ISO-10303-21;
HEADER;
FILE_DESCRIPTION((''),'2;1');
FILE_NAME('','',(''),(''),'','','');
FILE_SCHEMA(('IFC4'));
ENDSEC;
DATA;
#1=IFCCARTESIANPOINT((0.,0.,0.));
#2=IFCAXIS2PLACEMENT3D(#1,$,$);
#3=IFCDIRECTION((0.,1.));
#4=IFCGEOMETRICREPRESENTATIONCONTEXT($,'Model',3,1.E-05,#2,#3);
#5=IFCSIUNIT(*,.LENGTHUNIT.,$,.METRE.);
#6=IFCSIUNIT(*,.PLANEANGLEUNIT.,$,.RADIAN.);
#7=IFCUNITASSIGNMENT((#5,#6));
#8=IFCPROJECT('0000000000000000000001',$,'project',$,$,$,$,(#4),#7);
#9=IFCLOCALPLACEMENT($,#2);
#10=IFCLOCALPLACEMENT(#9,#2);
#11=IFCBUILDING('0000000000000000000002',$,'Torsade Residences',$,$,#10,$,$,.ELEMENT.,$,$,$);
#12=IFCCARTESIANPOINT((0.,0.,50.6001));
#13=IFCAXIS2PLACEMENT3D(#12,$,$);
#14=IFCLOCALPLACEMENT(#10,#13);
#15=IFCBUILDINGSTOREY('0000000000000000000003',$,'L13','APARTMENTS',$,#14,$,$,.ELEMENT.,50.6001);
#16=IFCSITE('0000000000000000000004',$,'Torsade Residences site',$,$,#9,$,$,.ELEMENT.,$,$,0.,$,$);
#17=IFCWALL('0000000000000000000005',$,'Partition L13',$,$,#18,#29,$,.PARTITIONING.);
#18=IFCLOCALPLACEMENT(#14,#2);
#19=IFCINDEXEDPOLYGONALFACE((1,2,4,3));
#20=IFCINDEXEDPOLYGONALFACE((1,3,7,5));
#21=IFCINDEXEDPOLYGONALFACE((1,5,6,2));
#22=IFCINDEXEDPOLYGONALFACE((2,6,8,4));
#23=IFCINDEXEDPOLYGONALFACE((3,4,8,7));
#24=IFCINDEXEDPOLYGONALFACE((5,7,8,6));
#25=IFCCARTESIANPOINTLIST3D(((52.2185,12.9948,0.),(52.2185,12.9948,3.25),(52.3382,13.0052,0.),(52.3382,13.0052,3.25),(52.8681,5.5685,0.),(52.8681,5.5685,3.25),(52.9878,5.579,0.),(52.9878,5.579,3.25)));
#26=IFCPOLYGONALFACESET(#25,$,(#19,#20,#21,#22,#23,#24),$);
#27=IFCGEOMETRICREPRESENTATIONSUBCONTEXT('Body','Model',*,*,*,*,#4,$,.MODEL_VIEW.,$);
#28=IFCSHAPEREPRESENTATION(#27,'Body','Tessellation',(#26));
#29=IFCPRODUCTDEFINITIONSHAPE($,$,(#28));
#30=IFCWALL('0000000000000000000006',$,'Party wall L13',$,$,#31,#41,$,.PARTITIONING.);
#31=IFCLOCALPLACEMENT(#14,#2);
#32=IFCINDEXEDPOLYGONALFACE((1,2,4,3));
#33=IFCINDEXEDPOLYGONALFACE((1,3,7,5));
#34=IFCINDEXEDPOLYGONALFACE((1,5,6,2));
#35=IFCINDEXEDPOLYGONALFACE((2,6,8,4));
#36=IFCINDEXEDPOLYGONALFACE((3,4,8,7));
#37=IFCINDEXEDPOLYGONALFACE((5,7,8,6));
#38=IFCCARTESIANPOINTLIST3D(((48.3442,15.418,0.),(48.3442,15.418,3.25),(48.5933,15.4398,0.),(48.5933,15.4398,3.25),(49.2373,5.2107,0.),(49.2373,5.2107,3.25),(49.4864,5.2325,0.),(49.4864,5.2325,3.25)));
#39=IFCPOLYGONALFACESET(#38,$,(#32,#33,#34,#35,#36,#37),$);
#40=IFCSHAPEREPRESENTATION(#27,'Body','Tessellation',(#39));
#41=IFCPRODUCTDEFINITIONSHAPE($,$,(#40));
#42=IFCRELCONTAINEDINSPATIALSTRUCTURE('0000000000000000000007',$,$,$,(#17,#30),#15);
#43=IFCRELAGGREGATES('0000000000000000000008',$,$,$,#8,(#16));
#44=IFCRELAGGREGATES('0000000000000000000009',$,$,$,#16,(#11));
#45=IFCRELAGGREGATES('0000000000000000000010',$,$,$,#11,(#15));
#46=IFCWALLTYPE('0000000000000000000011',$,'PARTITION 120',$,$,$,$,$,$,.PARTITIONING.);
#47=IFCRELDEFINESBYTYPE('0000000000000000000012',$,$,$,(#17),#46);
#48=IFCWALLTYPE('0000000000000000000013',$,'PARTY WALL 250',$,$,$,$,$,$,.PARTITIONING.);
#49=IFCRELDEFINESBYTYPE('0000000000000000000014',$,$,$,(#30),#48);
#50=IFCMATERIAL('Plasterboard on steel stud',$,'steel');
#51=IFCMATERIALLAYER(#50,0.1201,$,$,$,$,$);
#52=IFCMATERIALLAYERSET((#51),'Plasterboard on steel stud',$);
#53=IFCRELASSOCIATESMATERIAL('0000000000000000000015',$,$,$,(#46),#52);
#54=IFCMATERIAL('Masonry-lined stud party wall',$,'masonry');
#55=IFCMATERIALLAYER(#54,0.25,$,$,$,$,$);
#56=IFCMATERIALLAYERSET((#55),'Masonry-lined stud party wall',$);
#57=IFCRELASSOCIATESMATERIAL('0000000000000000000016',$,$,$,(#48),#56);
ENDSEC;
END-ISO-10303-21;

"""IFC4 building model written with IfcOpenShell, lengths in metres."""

from ifc_helpers import new_model, si_unit, direction, frame, frame_2d, origin, place, context, subcontext, project, spatial, rectangle, extrude, material, layer, layer_set, type_object, element, save


model = new_model("IFC4")

# Units and contexts
model_context = context("Model", 3, precision=1e-05, world=origin(), true_north=direction((0.0, 1.0)))
body_context = subcontext(model_context, "Body", "Model", "MODEL_VIEW")
ifc_project = project(units=[si_unit("LENGTHUNIT", "METRE"), si_unit("PLANEANGLEUNIT", "RADIAN")], contexts=[model_context])

# Site, building, storey
site_placement = place(None, origin())
site = spatial("IfcSite", under=ifc_project, at=site_placement, Name="Torsade Residences site", CompositionType="ELEMENT", RefElevation=0.0)
building_placement = place(site_placement, origin())
building = spatial("IfcBuilding", under=site, at=building_placement, Name="Torsade Residences", CompositionType="ELEMENT")
storey_placement = place(building_placement, frame((0.0, 0.0, 50.6001)))
storey = spatial("IfcBuildingStorey", under=building, at=storey_placement, Name="L13", Description="APARTMENTS", CompositionType="ELEMENT", Elevation=50.6001)

# Shared definitions
ifc_material_1 = material(Name="Plasterboard on steel stud", Category="steel")
ifc_layer_1 = layer(ifc_material_1, 0.1201)
ifc_layer_set_1 = layer_set([ifc_layer_1], Name="Plasterboard on steel stud")
wall_type_1 = type_object("IfcWallType", Name="PARTITION 120", PredefinedType="PARTITIONING", material=ifc_layer_set_1)

# Walls
wall_1_placement = place(storey_placement, frame((52.2783, 13.0, 0.0), z_axis=(0.0, 0.0, 1.0), x_axis=(0.087148, -0.996195, 0.0)))
element("IfcWall", 1, at=wall_1_placement, inside=storey, type_object=wall_type_1, Name="Partition L13", PredefinedType="PARTITIONING", context=body_context, shape_type="SweptSolid", body=[
    extrude(rectangle(XDim=7.4546, YDim=0.1201, at=frame_2d((3.7273, 0.0))), origin(), (0.0, 0.0, 1.0), 3.25),
])
ifc_material_2 = material(Name="Masonry-lined stud party wall", Category="masonry")
ifc_layer_2 = layer(ifc_material_2, 0.25)
ifc_layer_set_2 = layer_set([ifc_layer_2], Name="Masonry-lined stud party wall")
wall_type_2 = type_object("IfcWallType", Name="PARTY WALL 250", PredefinedType="PARTITIONING", material=ifc_layer_set_2)
wall_2_placement = place(storey_placement, frame((49.3618, 5.2217, 0.0), z_axis=(0.0, 0.0, 1.0), x_axis=(-0.08716, 0.996194, 0.0)))
element("IfcWall", 2, at=wall_2_placement, inside=storey, type_object=wall_type_2, Name="Party wall L13", PredefinedType="PARTITIONING", context=body_context, shape_type="SweptSolid", body=[
    extrude(rectangle(XDim=10.2463, YDim=0.25, at=frame_2d((5.123, 0.0))), origin(), (0.0, 0.0, 1.0), 3.25),
])

save(model, "model.ifc")
